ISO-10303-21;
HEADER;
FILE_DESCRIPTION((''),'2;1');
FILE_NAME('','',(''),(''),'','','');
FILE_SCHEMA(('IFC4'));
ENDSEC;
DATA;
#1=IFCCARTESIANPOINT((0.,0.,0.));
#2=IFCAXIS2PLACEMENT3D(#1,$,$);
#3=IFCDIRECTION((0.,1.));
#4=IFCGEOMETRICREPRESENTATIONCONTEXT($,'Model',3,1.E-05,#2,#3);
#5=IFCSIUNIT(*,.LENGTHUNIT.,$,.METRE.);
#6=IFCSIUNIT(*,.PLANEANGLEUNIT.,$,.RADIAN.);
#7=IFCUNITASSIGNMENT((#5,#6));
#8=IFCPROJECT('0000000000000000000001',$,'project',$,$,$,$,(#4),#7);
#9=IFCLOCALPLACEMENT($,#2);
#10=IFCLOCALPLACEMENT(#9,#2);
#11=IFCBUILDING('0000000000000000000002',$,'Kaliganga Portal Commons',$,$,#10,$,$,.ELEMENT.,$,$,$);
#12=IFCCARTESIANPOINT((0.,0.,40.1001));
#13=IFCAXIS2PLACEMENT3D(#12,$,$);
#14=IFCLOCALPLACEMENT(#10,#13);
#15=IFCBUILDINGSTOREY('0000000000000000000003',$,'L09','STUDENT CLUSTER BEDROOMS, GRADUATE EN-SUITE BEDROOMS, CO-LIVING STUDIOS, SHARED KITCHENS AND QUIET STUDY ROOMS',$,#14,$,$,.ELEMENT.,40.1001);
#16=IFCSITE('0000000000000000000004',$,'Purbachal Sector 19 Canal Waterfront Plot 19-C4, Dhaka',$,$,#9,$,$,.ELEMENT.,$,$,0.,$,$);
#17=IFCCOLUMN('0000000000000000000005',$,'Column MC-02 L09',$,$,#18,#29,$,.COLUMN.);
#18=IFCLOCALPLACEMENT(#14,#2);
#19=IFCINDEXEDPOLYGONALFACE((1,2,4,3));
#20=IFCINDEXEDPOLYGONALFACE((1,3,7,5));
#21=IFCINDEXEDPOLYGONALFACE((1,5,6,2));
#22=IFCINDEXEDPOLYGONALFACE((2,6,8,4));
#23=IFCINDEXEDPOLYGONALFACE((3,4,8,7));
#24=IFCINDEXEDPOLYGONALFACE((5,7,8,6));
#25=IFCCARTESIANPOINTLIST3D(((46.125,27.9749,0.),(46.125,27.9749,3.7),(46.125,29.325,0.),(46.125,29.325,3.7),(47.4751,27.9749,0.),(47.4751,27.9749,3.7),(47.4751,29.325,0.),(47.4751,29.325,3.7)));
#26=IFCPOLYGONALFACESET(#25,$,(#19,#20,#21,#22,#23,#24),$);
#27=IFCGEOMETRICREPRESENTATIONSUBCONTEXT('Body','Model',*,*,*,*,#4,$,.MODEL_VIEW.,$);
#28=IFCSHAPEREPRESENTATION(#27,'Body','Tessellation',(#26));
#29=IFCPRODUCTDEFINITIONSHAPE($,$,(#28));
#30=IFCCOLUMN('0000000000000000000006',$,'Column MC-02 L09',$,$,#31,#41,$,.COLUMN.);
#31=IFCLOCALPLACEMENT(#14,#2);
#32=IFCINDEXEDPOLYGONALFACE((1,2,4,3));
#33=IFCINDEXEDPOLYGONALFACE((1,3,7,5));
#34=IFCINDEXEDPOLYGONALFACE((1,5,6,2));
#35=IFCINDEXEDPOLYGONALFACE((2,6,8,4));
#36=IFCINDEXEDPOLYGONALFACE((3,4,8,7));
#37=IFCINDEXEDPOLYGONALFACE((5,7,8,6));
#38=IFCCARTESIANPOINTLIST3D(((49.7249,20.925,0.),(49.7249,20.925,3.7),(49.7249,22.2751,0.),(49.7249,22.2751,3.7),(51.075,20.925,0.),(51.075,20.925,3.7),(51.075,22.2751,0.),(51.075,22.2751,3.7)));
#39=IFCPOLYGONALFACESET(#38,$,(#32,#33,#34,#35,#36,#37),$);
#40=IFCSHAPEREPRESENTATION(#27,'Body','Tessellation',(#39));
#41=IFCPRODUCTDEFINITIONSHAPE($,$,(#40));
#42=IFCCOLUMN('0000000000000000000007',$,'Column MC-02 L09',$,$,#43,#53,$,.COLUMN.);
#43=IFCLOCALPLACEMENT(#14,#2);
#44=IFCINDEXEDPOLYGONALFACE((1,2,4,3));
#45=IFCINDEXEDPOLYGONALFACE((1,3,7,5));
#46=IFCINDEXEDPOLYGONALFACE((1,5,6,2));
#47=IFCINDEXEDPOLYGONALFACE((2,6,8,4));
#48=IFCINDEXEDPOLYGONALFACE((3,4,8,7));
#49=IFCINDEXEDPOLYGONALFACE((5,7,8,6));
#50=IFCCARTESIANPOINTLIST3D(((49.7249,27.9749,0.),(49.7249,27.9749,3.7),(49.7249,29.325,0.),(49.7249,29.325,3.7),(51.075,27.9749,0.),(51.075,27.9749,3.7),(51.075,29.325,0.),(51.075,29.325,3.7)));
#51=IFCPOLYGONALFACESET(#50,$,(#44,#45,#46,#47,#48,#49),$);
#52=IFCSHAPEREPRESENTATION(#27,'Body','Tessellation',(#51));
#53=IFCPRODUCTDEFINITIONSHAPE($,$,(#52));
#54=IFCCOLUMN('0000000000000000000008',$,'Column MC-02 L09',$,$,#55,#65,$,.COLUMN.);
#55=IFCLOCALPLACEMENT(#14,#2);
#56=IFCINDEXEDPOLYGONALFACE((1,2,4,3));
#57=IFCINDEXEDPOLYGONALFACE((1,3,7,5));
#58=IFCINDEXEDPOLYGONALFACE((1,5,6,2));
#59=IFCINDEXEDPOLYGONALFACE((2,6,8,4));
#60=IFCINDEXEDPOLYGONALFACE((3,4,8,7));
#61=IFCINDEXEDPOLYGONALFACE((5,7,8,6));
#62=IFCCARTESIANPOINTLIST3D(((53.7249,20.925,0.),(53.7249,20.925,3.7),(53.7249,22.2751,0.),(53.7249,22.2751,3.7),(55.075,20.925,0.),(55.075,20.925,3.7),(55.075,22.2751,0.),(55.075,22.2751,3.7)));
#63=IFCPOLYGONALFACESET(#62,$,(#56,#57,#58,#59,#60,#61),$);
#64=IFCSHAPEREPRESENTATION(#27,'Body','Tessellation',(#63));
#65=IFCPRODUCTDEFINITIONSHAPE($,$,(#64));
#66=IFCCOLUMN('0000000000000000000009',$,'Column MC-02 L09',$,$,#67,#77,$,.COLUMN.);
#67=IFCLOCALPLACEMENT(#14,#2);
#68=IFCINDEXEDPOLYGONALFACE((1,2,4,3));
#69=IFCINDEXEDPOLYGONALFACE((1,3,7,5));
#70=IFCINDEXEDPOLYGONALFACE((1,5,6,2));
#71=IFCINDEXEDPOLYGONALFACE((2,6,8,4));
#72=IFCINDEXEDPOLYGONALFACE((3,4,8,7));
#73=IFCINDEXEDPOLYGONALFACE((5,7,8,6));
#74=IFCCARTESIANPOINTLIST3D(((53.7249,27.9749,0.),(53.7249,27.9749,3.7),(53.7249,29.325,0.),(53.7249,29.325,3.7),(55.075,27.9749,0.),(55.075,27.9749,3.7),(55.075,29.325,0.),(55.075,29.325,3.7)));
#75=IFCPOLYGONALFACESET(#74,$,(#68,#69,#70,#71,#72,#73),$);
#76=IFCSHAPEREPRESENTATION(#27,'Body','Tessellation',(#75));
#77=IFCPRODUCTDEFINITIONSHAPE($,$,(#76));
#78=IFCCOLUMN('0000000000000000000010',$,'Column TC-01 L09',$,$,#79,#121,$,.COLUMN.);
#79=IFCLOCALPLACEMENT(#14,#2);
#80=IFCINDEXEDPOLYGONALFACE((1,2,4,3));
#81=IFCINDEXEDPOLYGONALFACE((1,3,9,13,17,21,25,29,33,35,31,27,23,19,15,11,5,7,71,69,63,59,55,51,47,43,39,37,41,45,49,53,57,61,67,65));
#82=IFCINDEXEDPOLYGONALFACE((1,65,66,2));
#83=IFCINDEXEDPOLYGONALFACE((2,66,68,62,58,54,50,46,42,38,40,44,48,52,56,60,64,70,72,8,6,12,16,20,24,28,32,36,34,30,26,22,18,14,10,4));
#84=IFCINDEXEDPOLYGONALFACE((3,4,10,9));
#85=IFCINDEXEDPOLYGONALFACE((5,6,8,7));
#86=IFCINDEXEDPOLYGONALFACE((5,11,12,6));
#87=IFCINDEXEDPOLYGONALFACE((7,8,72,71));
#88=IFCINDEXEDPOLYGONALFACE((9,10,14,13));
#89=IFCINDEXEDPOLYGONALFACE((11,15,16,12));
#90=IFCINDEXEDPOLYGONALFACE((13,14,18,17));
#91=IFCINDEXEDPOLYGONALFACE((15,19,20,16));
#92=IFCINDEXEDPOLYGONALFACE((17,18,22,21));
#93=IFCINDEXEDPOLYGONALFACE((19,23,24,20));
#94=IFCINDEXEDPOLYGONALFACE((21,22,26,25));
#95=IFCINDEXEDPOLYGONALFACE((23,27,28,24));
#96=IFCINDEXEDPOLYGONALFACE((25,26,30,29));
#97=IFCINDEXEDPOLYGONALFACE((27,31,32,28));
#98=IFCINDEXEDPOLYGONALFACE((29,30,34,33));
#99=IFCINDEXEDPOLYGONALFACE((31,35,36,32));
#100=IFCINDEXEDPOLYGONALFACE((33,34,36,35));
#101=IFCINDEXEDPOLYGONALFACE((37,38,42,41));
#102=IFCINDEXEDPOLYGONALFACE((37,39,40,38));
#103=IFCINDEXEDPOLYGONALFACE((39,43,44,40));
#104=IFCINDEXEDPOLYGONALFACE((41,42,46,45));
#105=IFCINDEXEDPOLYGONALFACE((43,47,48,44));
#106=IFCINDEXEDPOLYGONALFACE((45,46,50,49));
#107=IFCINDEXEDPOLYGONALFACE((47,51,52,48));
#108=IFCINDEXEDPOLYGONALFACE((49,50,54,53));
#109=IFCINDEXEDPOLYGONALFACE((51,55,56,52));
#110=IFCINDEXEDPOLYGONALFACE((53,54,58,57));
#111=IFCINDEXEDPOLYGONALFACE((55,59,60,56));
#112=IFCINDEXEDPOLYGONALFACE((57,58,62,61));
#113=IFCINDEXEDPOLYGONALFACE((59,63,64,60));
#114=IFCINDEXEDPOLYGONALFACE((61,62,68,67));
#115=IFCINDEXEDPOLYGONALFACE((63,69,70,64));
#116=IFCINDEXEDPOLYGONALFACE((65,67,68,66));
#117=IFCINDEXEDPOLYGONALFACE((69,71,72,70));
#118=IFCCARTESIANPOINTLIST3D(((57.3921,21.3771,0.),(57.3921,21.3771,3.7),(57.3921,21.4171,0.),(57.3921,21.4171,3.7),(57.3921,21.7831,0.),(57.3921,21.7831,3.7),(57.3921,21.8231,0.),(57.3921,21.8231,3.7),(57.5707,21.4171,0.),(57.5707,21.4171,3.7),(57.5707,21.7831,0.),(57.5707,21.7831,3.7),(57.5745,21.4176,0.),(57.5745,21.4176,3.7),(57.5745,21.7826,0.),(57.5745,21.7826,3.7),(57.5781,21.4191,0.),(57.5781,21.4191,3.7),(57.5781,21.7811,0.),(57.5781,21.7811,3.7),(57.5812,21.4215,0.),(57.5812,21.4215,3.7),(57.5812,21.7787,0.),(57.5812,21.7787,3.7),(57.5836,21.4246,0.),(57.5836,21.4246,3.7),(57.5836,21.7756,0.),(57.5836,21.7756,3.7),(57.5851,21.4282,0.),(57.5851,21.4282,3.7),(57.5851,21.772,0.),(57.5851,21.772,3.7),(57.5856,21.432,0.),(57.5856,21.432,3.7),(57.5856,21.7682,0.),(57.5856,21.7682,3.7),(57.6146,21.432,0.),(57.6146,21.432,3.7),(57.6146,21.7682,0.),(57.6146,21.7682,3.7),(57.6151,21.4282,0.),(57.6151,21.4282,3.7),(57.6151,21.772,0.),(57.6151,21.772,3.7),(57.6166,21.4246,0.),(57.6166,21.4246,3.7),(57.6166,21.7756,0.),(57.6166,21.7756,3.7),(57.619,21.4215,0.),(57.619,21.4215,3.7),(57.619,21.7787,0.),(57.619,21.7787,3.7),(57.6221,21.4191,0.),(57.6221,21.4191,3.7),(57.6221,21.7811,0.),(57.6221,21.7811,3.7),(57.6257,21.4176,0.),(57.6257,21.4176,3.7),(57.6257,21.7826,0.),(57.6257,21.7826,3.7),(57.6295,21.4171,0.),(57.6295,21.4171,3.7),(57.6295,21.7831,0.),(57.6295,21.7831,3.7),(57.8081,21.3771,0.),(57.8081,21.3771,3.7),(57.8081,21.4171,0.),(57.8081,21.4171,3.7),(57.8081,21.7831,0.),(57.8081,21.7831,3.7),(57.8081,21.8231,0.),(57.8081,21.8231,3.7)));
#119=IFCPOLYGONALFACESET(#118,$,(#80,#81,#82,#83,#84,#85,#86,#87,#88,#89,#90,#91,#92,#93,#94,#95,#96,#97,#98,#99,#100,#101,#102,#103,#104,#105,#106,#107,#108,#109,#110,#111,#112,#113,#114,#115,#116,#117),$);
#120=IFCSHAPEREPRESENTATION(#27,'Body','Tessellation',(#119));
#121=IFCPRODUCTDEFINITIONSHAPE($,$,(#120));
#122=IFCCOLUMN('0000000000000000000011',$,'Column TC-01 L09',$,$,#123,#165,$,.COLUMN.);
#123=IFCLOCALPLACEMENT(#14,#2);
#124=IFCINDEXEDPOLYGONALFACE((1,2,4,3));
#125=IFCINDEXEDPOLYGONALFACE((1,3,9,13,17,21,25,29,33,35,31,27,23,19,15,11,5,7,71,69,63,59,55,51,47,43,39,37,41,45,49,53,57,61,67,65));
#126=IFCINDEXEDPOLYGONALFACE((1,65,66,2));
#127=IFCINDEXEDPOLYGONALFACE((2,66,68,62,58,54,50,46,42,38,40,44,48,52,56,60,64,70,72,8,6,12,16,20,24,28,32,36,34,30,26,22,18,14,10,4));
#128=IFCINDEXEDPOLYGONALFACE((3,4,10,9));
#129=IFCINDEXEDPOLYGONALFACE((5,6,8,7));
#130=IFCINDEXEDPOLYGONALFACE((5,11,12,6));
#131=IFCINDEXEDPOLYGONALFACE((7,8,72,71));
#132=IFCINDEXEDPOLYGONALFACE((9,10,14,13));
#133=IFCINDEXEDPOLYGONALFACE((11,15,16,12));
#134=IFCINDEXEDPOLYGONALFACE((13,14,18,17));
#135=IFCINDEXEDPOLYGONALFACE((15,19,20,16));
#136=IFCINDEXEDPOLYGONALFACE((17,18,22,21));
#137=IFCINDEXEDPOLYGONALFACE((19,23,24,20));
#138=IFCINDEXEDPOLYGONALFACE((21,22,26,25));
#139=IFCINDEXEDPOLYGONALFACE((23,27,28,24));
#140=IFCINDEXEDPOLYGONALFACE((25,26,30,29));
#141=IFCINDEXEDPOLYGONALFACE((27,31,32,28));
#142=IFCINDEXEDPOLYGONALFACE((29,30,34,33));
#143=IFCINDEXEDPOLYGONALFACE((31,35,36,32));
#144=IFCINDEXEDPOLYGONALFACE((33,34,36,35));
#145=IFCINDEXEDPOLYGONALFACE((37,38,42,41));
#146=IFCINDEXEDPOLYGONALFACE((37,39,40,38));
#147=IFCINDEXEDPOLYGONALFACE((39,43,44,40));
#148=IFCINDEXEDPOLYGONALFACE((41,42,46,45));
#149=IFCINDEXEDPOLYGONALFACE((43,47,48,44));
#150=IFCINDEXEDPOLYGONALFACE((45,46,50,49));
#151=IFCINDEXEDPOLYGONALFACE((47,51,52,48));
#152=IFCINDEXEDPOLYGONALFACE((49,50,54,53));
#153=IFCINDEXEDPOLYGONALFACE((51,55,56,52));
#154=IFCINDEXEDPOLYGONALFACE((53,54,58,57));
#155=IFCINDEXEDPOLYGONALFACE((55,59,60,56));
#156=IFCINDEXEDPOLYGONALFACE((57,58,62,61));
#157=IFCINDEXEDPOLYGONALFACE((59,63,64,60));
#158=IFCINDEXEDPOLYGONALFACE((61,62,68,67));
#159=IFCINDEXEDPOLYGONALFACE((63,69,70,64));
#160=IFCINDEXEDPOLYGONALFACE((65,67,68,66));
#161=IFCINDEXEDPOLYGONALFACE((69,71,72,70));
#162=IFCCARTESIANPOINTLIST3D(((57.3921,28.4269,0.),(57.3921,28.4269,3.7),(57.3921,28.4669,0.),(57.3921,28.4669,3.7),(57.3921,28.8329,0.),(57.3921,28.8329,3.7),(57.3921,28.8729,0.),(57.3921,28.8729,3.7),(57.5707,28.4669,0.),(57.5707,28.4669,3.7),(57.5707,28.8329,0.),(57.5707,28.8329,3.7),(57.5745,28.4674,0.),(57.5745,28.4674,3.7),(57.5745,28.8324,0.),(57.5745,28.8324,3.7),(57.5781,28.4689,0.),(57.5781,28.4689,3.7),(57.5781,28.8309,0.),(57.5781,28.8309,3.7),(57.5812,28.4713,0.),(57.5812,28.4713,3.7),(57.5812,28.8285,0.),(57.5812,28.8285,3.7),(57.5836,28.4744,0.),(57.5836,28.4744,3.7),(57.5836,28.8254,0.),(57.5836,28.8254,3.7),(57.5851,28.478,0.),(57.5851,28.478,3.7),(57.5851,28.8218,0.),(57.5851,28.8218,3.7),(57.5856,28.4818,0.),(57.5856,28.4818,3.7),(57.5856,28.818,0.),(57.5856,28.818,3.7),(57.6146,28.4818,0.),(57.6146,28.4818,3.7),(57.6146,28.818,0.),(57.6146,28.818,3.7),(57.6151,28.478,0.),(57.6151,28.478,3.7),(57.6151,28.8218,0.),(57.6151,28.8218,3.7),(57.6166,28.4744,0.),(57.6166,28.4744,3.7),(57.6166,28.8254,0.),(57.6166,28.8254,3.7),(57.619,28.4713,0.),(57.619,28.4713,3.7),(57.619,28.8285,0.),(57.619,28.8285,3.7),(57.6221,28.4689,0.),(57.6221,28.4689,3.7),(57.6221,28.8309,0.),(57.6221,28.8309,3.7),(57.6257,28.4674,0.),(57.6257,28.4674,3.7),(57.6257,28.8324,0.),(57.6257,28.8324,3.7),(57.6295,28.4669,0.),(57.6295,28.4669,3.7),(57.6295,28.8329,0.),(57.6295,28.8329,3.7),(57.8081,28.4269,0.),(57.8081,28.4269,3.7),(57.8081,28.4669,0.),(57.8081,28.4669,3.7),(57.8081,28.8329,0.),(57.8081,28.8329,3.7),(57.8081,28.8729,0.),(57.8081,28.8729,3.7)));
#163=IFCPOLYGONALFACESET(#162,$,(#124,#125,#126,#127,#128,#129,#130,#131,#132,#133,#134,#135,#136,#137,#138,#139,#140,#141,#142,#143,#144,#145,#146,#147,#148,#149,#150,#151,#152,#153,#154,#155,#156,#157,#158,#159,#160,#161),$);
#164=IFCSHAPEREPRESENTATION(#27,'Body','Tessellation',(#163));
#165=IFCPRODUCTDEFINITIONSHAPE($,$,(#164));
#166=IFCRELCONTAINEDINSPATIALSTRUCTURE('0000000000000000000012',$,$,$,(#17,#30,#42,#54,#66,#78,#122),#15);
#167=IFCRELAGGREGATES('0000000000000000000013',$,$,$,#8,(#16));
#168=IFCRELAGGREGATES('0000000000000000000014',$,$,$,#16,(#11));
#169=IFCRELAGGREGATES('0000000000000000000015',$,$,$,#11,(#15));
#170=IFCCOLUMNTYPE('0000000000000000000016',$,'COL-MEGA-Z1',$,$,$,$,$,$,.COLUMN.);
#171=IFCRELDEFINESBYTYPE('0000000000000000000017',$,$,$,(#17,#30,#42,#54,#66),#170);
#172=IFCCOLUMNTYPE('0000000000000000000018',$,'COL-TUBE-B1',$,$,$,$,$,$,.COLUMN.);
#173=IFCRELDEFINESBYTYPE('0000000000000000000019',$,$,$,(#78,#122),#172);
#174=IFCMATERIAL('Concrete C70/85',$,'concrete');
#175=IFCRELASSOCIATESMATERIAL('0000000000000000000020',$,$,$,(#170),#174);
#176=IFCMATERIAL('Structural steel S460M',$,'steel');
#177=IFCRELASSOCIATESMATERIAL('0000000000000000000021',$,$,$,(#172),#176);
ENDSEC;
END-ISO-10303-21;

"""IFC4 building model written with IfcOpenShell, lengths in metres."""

from ifc_helpers import new_model, si_unit, direction, frame, origin, origin_2d, place, context, subcontext, project, spatial, rectangle, i_section, extrude, source, transform, mapped, material, material_profile, profile_set, type_object, element, save


model = new_model("IFC4")

# Units and contexts
model_context = context("Model", 3, precision=1e-05, world=origin(), true_north=direction((0.0, 1.0)))
body_context = subcontext(model_context, "Body", "Model", "MODEL_VIEW")
ifc_project = project(units=[si_unit("LENGTHUNIT", "METRE"), si_unit("PLANEANGLEUNIT", "RADIAN")], contexts=[model_context])

# Site, building, storey
site_placement = place(None, origin())
site = spatial("IfcSite", under=ifc_project, at=site_placement, Name="Purbachal Sector 19 Canal Waterfront Plot 19-C4, Dhaka", CompositionType="ELEMENT", RefElevation=0.0)
building_placement = place(site_placement, origin())
building = spatial("IfcBuilding", under=site, at=building_placement, Name="Kaliganga Portal Commons", CompositionType="ELEMENT")
storey_placement = place(building_placement, frame((0.0, 0.0, 40.1001)))
storey = spatial("IfcBuildingStorey", under=building, at=storey_placement, Name="L09", Description="STUDENT CLUSTER BEDROOMS, GRADUATE EN-SUITE BEDROOMS, CO-LIVING STUDIOS, SHARED KITCHENS AND QUIET STUDY ROOMS", CompositionType="ELEMENT", Elevation=40.1001)

# Columns
ifc_material_1 = material(Name="Concrete C70/85", Category="concrete")
ifc_material_profile_1 = material_profile(ifc_material_1, rectangle(XDim=1.3501, YDim=1.3501, at=origin_2d()), Name="RC 1350x1350")
ifc_profile_set_1 = profile_set([ifc_material_profile_1], Name="Concrete C70/85")
column_type_1 = type_object("IfcColumnType", Name="COL-MEGA-Z1", PredefinedType="COLUMN", material=ifc_profile_set_1)
shared_shape_1 = source(origin(), body_context, "Body", "SweptSolid", [
    extrude(rectangle(XDim=1.3501, YDim=1.3501, at=origin_2d()), origin(), (0.0, 0.0, 1.0), 3.7),
])
for number, where, z_axis, x_axis, name in (
    (1, (46.8, 28.6499, 0.0), (0.0, 0.0, 1.0), (1.0, 0.0, 0.0), "Column MC-02 L09"),
    (2, (50.3999, 21.6001, 0.0), (0.0, 0.0, 1.0), (1.0, 0.0, 0.0), "Column MC-02 L09"),
    (3, (50.3999, 28.6499, 0.0), (0.0, 0.0, 1.0), (1.0, 0.0, 0.0), "Column MC-02 L09"),
    (4, (54.3999, 21.6001, 0.0), (0.0, 0.0, 1.0), (1.0, 0.0, 0.0), "Column MC-02 L09"),
    (5, (54.3999, 28.6499, 0.0), (0.0, 0.0, 1.0), (1.0, 0.0, 0.0), "Column MC-02 L09"),
):
    element("IfcColumn", number, at=place(storey_placement, frame(where, z_axis=z_axis, x_axis=x_axis)), inside=storey, type_object=column_type_1, Name=name, PredefinedType="COLUMN", context=body_context, shape_type="MappedRepresentation", body=[
        mapped(shared_shape_1, transform((0.0, 0.0, 0.0), x_axis=(1.0, 0.0, 0.0), y_axis=(0.0, 1.0, 0.0), z_axis=(0.0, 0.0, 1.0), scale=1.0)),
    ])
ifc_material_2 = material(Name="Structural steel S460M", Category="steel")
ifc_material_profile_2 = material_profile(ifc_material_2, i_section(OverallWidth=0.416, OverallDepth=0.446, WebThickness=0.0291, FlangeThickness=0.04, FilletRadius=0.0149, at=origin_2d()), Name="HD 400x509")
ifc_profile_set_2 = profile_set([ifc_material_profile_2], Name="Structural steel S460M wide-flange")
column_type_2 = type_object("IfcColumnType", Name="COL-TUBE-B1", PredefinedType="COLUMN", material=ifc_profile_set_2)
shared_shape_2 = source(origin(), body_context, "Body", "SweptSolid", [
    extrude(i_section(OverallWidth=0.416, OverallDepth=0.446, WebThickness=0.0291, FlangeThickness=0.04, FilletRadius=0.0149, at=origin_2d()), origin(), (0.0, 0.0, 1.0), 3.7),
])
for number, where, z_axis, x_axis, name in (
    (6, (57.6001, 21.6001, 0.0), (0.0, 0.0, 1.0), (1.0, 0.0, 0.0), "Column TC-01 L09"),
    (7, (57.6001, 28.6499, 0.0), (0.0, 0.0, 1.0), (1.0, 0.0, 0.0), "Column TC-01 L09"),
):
    element("IfcColumn", number, at=place(storey_placement, frame(where, z_axis=z_axis, x_axis=x_axis)), inside=storey, type_object=column_type_2, Name=name, PredefinedType="COLUMN", context=body_context, shape_type="MappedRepresentation", body=[
        mapped(shared_shape_2, transform((0.0, 0.0, 0.0), x_axis=(1.0, 0.0, 0.0), y_axis=(0.0, 1.0, 0.0), z_axis=(0.0, 0.0, 1.0), scale=1.0)),
    ])

save(model, "model.ifc")
